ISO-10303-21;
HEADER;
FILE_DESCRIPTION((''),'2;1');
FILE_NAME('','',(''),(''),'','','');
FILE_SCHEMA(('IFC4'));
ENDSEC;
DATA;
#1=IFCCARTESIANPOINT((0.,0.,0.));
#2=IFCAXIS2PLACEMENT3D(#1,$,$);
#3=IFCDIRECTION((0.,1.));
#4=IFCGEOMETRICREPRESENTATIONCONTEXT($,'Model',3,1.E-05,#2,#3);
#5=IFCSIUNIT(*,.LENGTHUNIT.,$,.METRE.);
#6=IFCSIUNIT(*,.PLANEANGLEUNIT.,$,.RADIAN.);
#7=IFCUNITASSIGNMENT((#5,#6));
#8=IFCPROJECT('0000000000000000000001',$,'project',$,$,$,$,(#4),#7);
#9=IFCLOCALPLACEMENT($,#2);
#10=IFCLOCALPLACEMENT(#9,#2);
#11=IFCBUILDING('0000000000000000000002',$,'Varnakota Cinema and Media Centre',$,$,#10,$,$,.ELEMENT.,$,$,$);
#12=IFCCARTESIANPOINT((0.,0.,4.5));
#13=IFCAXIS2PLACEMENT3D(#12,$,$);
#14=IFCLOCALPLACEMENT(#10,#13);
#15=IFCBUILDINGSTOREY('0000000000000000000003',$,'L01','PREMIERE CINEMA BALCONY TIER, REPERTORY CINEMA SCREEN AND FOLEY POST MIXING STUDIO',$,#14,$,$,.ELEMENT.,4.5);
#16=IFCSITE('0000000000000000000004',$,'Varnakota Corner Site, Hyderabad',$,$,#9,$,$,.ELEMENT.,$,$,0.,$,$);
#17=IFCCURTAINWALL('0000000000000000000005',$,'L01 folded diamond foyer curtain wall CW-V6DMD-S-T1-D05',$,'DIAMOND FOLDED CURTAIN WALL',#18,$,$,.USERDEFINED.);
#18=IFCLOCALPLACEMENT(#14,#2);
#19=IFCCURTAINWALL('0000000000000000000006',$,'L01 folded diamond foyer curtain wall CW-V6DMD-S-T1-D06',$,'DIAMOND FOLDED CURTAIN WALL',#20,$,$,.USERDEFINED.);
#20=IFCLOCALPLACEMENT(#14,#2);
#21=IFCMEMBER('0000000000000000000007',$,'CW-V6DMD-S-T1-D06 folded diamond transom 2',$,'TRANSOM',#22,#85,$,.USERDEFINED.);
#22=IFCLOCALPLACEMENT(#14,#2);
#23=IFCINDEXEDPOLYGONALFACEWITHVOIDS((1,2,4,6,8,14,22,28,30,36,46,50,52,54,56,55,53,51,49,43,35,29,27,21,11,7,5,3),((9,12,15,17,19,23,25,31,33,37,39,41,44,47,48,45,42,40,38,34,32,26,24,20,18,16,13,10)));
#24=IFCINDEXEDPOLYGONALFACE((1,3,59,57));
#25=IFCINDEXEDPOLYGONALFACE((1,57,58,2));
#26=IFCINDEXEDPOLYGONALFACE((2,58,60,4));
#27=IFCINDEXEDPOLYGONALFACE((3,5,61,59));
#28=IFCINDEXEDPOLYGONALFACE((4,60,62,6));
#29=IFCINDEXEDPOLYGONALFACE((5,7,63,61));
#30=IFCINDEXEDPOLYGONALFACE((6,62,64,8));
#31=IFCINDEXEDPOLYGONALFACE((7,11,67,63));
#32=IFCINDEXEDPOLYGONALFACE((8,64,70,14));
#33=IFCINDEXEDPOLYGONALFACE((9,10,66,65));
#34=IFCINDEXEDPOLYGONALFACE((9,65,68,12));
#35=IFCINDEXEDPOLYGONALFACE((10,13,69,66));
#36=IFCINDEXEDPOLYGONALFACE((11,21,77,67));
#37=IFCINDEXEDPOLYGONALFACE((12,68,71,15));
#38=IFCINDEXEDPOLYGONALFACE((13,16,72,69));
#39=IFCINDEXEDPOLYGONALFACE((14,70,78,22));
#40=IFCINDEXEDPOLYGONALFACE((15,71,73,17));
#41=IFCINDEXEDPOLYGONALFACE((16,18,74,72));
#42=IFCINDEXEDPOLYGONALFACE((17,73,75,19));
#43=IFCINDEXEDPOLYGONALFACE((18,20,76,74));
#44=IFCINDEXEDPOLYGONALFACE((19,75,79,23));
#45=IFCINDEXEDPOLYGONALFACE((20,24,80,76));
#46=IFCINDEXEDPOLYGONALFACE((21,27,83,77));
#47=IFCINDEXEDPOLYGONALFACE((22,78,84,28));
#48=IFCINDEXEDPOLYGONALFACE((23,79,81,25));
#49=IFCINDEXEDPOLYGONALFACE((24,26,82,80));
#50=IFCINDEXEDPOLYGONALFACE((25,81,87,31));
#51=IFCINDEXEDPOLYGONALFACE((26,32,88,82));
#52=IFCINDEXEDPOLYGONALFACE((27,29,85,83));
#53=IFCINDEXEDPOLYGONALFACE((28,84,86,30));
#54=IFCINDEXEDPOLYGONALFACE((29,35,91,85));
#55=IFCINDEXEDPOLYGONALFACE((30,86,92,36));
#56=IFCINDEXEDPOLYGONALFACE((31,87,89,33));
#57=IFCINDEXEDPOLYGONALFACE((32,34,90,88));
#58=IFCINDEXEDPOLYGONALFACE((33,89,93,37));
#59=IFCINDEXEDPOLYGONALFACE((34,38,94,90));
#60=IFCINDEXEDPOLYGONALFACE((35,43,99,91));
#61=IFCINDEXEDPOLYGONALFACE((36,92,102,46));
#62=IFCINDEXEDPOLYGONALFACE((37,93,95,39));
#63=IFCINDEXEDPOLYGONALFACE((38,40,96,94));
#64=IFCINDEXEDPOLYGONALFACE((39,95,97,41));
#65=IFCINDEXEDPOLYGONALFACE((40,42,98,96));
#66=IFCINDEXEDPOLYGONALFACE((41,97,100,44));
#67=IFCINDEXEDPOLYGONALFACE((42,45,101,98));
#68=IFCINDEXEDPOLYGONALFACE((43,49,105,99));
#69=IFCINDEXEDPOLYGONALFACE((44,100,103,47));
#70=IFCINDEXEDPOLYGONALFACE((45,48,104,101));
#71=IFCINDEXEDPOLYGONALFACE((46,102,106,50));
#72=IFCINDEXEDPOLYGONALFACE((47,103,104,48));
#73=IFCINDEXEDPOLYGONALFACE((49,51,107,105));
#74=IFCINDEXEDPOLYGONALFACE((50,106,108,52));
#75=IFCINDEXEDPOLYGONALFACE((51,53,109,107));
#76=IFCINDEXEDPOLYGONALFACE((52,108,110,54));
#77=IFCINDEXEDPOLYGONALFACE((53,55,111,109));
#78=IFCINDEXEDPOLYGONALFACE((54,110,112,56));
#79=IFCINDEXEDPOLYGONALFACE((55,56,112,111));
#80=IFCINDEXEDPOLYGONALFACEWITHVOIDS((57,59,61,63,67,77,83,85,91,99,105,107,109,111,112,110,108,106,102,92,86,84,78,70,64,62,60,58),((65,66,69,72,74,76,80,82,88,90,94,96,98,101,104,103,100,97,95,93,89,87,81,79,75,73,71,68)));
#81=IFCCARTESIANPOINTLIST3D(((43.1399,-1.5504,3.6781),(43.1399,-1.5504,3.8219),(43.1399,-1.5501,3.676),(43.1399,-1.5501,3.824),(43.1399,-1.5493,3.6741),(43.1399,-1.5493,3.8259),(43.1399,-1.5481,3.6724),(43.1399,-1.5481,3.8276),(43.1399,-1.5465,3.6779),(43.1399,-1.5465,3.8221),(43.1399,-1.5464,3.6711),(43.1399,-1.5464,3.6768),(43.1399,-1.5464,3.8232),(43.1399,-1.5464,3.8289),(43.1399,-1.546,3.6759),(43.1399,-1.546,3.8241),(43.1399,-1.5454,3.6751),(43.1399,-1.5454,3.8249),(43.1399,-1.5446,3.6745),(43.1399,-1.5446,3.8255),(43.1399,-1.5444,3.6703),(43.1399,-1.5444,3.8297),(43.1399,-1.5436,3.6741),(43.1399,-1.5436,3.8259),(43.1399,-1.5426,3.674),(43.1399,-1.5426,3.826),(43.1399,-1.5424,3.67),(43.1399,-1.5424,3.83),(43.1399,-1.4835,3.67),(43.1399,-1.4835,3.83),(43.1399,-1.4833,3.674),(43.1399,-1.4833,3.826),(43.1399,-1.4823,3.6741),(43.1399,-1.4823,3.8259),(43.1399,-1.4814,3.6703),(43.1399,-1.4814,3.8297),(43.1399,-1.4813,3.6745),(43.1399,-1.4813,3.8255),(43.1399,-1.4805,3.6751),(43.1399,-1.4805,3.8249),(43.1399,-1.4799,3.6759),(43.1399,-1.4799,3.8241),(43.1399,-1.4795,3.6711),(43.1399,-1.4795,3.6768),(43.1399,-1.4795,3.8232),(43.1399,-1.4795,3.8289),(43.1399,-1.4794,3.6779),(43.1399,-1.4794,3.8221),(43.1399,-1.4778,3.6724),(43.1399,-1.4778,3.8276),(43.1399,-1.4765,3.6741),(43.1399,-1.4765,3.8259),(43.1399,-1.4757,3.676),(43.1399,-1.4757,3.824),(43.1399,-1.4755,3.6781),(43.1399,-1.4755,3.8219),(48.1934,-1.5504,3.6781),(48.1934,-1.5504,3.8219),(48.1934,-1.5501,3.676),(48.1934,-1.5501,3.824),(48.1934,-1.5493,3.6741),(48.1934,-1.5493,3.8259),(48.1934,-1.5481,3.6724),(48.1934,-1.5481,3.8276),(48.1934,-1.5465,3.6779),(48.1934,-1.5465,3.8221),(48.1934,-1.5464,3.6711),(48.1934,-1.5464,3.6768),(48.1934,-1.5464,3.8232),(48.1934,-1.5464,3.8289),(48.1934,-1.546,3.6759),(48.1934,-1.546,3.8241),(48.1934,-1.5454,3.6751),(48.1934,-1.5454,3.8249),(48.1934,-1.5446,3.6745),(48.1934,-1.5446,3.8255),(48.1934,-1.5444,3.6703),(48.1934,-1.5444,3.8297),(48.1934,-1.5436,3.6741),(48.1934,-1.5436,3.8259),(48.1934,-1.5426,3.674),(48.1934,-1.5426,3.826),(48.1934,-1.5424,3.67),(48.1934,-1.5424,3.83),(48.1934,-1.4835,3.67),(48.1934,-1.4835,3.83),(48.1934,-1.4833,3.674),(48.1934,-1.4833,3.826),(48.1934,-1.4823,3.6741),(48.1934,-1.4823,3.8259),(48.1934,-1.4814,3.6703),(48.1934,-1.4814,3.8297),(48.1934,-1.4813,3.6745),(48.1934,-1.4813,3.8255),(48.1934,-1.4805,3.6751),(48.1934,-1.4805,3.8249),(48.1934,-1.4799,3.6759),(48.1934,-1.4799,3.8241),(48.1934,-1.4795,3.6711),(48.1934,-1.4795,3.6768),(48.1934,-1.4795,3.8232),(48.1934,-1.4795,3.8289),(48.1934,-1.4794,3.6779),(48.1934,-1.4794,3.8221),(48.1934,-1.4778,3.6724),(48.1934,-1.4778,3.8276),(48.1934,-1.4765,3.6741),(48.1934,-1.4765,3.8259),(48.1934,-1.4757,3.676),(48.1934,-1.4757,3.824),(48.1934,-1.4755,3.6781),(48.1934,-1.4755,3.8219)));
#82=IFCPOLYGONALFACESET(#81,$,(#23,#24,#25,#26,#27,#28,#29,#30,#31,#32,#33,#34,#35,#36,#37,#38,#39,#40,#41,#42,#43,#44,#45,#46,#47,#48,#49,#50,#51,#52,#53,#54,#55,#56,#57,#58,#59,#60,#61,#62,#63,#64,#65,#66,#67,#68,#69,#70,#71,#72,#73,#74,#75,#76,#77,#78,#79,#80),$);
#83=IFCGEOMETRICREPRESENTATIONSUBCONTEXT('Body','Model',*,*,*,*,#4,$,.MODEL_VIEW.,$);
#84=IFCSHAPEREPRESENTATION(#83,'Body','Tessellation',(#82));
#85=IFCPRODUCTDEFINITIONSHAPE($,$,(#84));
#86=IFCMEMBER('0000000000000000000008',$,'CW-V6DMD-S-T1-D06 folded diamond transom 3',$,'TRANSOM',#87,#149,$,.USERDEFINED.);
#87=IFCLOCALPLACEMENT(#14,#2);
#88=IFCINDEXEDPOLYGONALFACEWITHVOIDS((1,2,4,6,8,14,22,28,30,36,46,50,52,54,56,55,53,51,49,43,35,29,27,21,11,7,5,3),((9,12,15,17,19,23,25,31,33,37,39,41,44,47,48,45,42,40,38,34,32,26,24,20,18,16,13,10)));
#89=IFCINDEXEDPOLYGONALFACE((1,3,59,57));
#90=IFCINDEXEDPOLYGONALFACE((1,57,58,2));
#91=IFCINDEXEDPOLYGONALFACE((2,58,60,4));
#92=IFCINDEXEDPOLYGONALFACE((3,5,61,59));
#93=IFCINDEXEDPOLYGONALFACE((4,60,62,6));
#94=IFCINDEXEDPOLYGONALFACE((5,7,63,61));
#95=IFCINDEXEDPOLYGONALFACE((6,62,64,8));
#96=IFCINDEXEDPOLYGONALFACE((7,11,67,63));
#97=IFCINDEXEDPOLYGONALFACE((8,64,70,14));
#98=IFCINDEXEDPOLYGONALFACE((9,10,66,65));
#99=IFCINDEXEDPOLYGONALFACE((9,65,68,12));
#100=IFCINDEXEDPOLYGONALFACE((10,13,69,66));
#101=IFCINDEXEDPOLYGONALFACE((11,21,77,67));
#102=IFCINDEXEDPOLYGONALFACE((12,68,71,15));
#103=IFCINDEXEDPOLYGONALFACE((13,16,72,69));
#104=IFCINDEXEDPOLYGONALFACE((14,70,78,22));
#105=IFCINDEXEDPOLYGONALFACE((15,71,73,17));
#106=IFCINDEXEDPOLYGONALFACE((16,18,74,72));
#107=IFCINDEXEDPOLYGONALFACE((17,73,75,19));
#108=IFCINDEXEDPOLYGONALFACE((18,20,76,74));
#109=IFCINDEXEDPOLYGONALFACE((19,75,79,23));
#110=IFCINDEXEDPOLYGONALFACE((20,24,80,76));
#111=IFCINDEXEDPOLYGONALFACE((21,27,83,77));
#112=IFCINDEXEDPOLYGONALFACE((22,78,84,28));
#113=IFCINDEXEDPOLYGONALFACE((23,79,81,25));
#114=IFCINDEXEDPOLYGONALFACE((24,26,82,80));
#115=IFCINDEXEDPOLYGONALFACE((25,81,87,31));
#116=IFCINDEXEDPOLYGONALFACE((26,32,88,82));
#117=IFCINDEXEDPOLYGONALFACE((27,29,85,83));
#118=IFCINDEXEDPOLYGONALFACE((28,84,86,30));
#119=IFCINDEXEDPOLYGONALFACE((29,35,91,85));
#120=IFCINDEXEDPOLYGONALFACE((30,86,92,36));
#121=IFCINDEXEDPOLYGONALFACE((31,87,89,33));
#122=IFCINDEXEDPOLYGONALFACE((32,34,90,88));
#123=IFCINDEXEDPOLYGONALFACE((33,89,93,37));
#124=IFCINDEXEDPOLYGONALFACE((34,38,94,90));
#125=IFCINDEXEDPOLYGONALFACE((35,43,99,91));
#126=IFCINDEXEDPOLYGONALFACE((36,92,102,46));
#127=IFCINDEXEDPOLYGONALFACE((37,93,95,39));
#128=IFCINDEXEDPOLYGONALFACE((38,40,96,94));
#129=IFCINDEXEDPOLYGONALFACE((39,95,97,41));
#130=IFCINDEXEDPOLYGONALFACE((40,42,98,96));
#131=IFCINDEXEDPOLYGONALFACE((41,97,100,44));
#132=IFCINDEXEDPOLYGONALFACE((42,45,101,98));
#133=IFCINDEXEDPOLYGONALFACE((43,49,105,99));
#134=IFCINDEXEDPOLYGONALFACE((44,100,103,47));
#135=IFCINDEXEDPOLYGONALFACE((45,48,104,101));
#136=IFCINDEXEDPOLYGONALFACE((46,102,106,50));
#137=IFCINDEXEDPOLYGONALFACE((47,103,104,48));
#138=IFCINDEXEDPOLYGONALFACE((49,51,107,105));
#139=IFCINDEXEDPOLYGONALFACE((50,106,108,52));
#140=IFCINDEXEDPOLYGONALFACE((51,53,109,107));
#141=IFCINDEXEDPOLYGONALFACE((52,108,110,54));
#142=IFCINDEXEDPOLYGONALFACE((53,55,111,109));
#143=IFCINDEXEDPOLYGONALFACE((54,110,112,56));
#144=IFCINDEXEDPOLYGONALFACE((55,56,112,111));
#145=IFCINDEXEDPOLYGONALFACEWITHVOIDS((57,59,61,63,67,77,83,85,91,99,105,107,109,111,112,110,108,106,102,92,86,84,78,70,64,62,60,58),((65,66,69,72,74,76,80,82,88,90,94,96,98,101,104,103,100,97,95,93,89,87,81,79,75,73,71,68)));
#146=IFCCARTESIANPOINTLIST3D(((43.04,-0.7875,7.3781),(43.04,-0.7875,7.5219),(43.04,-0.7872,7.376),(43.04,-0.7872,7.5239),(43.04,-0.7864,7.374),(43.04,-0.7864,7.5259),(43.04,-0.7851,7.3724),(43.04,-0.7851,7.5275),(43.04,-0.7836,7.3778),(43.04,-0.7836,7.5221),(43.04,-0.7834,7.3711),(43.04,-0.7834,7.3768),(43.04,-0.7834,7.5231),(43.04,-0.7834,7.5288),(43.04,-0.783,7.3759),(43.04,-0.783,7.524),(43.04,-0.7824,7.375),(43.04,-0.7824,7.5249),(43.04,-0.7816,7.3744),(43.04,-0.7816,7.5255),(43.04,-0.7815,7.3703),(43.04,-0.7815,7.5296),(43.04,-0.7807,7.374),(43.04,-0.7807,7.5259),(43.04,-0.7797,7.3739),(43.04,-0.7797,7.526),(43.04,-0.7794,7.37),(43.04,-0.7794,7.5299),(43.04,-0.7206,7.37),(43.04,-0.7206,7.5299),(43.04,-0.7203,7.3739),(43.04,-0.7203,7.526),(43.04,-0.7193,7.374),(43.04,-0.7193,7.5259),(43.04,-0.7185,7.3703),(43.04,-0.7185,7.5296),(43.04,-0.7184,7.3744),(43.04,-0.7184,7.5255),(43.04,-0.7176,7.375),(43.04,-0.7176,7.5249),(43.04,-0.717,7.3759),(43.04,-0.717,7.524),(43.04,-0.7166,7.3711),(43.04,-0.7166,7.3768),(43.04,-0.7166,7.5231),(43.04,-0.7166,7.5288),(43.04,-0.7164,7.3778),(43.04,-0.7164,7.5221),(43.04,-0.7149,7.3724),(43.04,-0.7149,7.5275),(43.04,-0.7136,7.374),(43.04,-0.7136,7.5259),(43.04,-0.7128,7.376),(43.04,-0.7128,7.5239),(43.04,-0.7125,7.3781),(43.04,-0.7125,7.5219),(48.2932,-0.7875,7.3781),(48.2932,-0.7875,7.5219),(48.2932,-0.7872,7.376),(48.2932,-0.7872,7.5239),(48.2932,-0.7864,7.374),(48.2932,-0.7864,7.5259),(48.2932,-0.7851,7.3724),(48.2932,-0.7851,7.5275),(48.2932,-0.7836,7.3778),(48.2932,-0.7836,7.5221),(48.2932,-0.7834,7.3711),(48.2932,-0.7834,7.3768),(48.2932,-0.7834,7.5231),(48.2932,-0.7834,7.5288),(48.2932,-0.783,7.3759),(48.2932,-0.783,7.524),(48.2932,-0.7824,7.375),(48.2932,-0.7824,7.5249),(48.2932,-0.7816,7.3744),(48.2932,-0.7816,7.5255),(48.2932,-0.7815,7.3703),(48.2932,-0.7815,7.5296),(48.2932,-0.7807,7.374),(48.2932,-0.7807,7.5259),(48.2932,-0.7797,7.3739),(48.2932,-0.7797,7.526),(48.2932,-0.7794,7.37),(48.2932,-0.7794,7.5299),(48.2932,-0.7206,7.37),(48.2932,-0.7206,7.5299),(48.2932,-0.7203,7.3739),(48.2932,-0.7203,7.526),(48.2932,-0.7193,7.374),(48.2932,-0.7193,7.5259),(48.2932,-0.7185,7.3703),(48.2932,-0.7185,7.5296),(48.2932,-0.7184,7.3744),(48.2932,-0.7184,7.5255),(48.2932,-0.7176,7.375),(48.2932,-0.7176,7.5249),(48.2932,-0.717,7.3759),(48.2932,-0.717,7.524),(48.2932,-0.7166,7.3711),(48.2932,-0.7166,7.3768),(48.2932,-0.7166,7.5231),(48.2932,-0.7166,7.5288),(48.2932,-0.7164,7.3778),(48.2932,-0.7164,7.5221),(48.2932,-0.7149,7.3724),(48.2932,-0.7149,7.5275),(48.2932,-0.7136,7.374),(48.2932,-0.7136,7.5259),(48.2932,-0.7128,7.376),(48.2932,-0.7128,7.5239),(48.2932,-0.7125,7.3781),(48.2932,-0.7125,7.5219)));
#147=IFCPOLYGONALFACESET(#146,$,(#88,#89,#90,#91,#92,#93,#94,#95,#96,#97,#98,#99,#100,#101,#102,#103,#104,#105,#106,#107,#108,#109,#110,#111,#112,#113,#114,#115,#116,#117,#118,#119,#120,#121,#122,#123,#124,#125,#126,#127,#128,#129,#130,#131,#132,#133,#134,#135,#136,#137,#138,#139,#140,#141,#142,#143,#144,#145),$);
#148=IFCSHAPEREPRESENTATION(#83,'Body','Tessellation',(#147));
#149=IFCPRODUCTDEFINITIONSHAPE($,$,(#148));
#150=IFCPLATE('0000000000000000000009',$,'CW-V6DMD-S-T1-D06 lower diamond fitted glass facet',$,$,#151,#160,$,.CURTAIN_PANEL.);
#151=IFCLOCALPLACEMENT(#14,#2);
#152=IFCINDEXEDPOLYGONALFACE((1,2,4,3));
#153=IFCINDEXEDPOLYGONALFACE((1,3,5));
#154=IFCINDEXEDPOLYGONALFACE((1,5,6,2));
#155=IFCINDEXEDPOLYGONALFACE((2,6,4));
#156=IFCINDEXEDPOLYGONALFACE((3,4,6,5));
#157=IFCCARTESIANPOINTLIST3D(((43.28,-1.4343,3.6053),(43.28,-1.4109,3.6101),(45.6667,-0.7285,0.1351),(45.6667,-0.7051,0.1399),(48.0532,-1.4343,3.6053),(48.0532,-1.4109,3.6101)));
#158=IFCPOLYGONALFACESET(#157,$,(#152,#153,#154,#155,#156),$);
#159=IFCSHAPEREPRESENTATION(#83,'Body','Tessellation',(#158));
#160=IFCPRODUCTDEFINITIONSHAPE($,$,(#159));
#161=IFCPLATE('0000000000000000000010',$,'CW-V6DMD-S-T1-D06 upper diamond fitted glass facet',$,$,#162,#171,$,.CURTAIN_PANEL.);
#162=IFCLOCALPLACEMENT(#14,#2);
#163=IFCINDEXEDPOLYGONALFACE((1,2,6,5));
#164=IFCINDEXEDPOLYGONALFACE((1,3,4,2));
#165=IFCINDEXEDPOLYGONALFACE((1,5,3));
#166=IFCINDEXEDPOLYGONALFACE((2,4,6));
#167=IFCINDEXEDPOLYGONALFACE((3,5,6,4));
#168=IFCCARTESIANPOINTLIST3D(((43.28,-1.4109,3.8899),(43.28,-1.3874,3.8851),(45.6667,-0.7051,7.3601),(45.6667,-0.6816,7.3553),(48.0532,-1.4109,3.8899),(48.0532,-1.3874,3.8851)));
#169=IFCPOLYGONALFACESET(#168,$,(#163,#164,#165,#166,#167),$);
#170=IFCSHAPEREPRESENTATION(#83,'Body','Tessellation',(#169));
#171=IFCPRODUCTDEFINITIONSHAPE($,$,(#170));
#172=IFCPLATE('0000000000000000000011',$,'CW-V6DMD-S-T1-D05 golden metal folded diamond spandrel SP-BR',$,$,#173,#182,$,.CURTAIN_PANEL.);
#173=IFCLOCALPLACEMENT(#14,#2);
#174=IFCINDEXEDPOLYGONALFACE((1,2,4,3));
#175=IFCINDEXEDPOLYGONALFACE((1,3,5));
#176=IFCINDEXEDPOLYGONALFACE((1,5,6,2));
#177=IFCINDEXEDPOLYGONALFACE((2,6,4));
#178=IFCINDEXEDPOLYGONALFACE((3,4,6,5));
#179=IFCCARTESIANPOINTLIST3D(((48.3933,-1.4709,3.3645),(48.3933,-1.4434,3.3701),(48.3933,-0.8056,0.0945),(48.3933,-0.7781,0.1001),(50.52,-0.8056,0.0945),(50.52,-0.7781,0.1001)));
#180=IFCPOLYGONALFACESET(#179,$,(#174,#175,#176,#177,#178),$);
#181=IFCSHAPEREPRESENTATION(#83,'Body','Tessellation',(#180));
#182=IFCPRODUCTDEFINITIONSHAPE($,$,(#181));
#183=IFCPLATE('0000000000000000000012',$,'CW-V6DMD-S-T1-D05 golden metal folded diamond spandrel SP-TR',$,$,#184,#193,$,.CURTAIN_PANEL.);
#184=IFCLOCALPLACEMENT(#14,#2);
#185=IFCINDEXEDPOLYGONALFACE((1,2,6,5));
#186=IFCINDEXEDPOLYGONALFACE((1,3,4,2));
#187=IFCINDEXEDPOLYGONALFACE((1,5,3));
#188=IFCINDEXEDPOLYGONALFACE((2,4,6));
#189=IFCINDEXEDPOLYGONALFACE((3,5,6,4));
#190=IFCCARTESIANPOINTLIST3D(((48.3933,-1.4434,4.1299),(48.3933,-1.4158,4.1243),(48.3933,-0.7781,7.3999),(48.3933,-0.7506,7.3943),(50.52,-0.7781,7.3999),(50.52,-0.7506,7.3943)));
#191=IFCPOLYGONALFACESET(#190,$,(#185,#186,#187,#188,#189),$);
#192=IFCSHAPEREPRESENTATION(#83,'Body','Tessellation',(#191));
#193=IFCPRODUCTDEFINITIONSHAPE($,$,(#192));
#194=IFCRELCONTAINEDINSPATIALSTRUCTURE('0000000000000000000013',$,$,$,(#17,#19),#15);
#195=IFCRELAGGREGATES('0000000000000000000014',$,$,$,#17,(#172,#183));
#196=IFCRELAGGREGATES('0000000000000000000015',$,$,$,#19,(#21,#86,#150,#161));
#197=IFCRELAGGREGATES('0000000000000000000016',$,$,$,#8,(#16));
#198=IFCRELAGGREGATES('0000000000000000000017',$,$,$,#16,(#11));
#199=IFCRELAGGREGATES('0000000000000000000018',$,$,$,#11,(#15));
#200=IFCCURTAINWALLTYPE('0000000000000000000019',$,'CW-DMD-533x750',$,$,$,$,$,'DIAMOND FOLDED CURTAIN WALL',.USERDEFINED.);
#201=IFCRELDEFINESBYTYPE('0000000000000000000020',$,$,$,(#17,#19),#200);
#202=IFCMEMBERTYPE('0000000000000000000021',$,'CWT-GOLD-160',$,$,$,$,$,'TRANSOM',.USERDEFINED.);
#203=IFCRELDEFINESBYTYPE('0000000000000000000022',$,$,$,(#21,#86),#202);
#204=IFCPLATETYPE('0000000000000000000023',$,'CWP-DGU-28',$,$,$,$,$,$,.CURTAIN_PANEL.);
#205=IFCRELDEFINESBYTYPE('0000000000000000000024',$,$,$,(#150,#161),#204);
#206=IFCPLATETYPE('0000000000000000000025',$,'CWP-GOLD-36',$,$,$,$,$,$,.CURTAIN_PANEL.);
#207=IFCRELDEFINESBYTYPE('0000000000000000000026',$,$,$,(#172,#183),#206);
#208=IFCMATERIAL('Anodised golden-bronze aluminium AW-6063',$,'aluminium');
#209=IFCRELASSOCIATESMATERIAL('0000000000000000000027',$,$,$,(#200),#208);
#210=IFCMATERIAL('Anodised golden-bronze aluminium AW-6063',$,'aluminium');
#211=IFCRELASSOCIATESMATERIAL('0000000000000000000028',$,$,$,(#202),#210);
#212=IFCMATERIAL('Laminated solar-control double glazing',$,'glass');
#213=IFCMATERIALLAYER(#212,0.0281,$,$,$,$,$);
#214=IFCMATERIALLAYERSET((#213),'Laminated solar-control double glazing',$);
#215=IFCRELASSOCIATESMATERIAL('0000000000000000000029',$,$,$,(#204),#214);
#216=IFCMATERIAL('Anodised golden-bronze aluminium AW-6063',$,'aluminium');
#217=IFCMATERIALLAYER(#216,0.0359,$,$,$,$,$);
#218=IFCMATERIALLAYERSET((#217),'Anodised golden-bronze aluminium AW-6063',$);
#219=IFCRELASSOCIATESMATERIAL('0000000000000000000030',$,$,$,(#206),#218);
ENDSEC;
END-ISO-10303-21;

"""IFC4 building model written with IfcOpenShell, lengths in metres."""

from ifc_helpers import new_model, si_unit, direction, frame, origin, origin_2d, place, context, subcontext, project, spatial, polyline, hollow_rectangle, outline, extrude, material, layer, layer_set, material_profile, profile_set, type_object, element, aggregate, save


model = new_model("IFC4")

# Units and contexts
model_context = context("Model", 3, precision=1e-05, world=origin(), true_north=direction((0.0, 1.0)))
body_context = subcontext(model_context, "Body", "Model", "MODEL_VIEW")
ifc_project = project(units=[si_unit("LENGTHUNIT", "METRE"), si_unit("PLANEANGLEUNIT", "RADIAN")], contexts=[model_context])

# Site, building, storey
site_placement = place(None, origin())
site = spatial("IfcSite", under=ifc_project, at=site_placement, Name="Varnakota Corner Site, Hyderabad", CompositionType="ELEMENT", RefElevation=0.0)
building_placement = place(site_placement, origin())
building = spatial("IfcBuilding", under=site, at=building_placement, Name="Varnakota Cinema and Media Centre", CompositionType="ELEMENT")
storey_placement = place(building_placement, frame((0.0, 0.0, 4.5)))
storey = spatial("IfcBuildingStorey", under=building, at=storey_placement, Name="L01", Description="PREMIERE CINEMA BALCONY TIER, REPERTORY CINEMA SCREEN AND FOLEY POST MIXING STUDIO", CompositionType="ELEMENT", Elevation=4.5)

# Curtain wall
ifc_material_1 = material(Name="Anodised golden-bronze aluminium AW-6063", Category="aluminium")
curtain_wall_type = type_object("IfcCurtainWallType", Name="CW-DMD-533x750", ElementType="DIAMOND FOLDED CURTAIN WALL", PredefinedType="USERDEFINED", material=ifc_material_1)
curtain_wall_1_placement = place(storey_placement, origin())
curtain_wall_1 = element("IfcCurtainWall", 1, at=curtain_wall_1_placement, inside=storey, type_object=curtain_wall_type, Name="L01 folded diamond foyer curtain wall CW-V6DMD-S-T1-D05", ObjectType="DIAMOND FOLDED CURTAIN WALL", PredefinedType="USERDEFINED")

# Curtain wall, members, plates
curtain_wall_2_placement = place(storey_placement, origin())
curtain_wall_2 = element("IfcCurtainWall", 2, at=curtain_wall_2_placement, inside=storey, type_object=curtain_wall_type, Name="L01 folded diamond foyer curtain wall CW-V6DMD-S-T1-D06", ObjectType="DIAMOND FOLDED CURTAIN WALL", PredefinedType="USERDEFINED")
ifc_material_2 = material(Name="Anodised golden-bronze aluminium AW-6063", Category="aluminium")
ifc_material_profile_1 = material_profile(ifc_material_2, hollow_rectangle(XDim=0.075, YDim=0.1599, WallThickness=0.0039, InnerFilletRadius=0.0039, OuterFilletRadius=0.0081, at=origin_2d()), Name="AL-TRANSOM 160x75x4")
ifc_profile_set_1 = profile_set([ifc_material_profile_1], Name="Anodised golden-bronze aluminium AW-6063")
member_type_1 = type_object("IfcMemberType", Name="CWT-GOLD-160", ElementType="TRANSOM", PredefinedType="USERDEFINED", material=ifc_profile_set_1)
member_1_placement = place(storey_placement, frame((48.1934, -1.5129, 3.75), z_axis=(-1.0, 0.0, 0.0), x_axis=(0.0, -1.0, 0.0)))
member_1 = element("IfcMember", 3, at=member_1_placement, type_object=member_type_1, Name="CW-V6DMD-S-T1-D06 folded diamond transom 2", ObjectType="TRANSOM", PredefinedType="USERDEFINED", context=body_context, shape_type="SweptSolid", body=[
    extrude(hollow_rectangle(XDim=0.075, YDim=0.1599, WallThickness=0.0039, InnerFilletRadius=0.0039, OuterFilletRadius=0.0081, at=origin_2d()), origin(), (0.0, 0.0, 1.0), 5.0535),
])
member_2_placement = place(storey_placement, frame((48.2932, -0.75, 7.45), z_axis=(-1.0, 0.0, 0.0), x_axis=(0.0, -1.0, 0.0)))
member_2 = element("IfcMember", 4, at=member_2_placement, type_object=member_type_1, Name="CW-V6DMD-S-T1-D06 folded diamond transom 3", ObjectType="TRANSOM", PredefinedType="USERDEFINED", context=body_context, shape_type="SweptSolid", body=[
    extrude(hollow_rectangle(XDim=0.075, YDim=0.1599, WallThickness=0.0039, InnerFilletRadius=0.0039, OuterFilletRadius=0.0081, at=origin_2d()), origin(), (0.0, 0.0, 1.0), 5.2532),
])
ifc_material_3 = material(Name="Laminated solar-control double glazing", Category="glass")
ifc_layer_1 = layer(ifc_material_3, 0.0281)
ifc_layer_set_1 = layer_set([ifc_layer_1], Name="Laminated solar-control double glazing")
plate_type_1 = type_object("IfcPlateType", Name="CWP-DGU-28", PredefinedType="CURTAIN_PANEL", material=ifc_layer_set_1)
plate_1_placement = place(storey_placement, frame((48.0532, -1.4109, 3.6101), z_axis=(0.0, 0.979936, 0.19931), x_axis=(-0.558849, 0.165282, -0.812632)))
plate_1 = element("IfcPlate", 5, at=plate_1_placement, type_object=plate_type_1, Name="CW-V6DMD-S-T1-D06 lower diamond fitted glass facet", PredefinedType="CURTAIN_PANEL", context=body_context, shape_type="SweptSolid", body=[
    extrude(outline(polyline([(0.0, 0.0), (4.2703, 0.0), (2.6675, 3.9583), (0.0, 0.0)])), origin(), (0.0, 0.0, -1.0), 0.0239),
])
plate_2_placement = place(storey_placement, frame((48.0532, -1.4109, 3.8899), z_axis=(0.0, -0.979936, 0.19931), x_axis=(-1.0, 0.0, 0.0)))
plate_2 = element("IfcPlate", 6, at=plate_2_placement, type_object=plate_type_1, Name="CW-V6DMD-S-T1-D06 upper diamond fitted glass facet", PredefinedType="CURTAIN_PANEL", context=body_context, shape_type="SweptSolid", body=[
    extrude(outline(polyline([(0.0, 0.0), (4.7732, 0.0), (2.3865, -3.5413), (0.0, 0.0)])), origin(), (0.0, 0.0, -1.0), 0.0239),
])

# Plates
ifc_material_4 = material(Name="Anodised golden-bronze aluminium AW-6063", Category="aluminium")
ifc_layer_2 = layer(ifc_material_4, 0.0359)
ifc_layer_set_2 = layer_set([ifc_layer_2], Name="Anodised golden-bronze aluminium AW-6063")
plate_type_2 = type_object("IfcPlateType", Name="CWP-GOLD-36", PredefinedType="CURTAIN_PANEL", material=ifc_layer_set_2)
plate_3_placement = place(storey_placement, frame((50.52, -0.7781, 0.1001), z_axis=(0.0, 0.979925, 0.199365), x_axis=(-1.0, 0.0, 0.0)))
plate_3 = element("IfcPlate", 7, at=plate_3_placement, type_object=plate_type_2, Name="CW-V6DMD-S-T1-D05 golden metal folded diamond spandrel SP-BR", PredefinedType="CURTAIN_PANEL", context=body_context, shape_type="SweptSolid", body=[
    extrude(outline(polyline([(0.0, 0.0), (2.1267, 0.0), (2.1267, 3.337), (0.0, 0.0)])), origin(), (0.0, 0.0, -1.0), 0.0281),
])
plate_4_placement = place(storey_placement, frame((48.3933, -1.4434, 4.1299), z_axis=(0.0, -0.979925, 0.199365), x_axis=(0.0, 0.199365, 0.979925)))
plate_4 = element("IfcPlate", 8, at=plate_4_placement, type_object=plate_type_2, Name="CW-V6DMD-S-T1-D05 golden metal folded diamond spandrel SP-TR", PredefinedType="CURTAIN_PANEL", context=body_context, shape_type="SweptSolid", body=[
    extrude(outline(polyline([(0.0, 0.0), (3.337, 0.0), (3.337, -2.1267), (0.0, 0.0)])), origin(), (0.0, 0.0, -1.0), 0.0281),
])
aggregate(curtain_wall_1, [plate_3, plate_4])
aggregate(curtain_wall_2, [member_1, member_2, plate_1, plate_2])

save(model, "model.ifc")
